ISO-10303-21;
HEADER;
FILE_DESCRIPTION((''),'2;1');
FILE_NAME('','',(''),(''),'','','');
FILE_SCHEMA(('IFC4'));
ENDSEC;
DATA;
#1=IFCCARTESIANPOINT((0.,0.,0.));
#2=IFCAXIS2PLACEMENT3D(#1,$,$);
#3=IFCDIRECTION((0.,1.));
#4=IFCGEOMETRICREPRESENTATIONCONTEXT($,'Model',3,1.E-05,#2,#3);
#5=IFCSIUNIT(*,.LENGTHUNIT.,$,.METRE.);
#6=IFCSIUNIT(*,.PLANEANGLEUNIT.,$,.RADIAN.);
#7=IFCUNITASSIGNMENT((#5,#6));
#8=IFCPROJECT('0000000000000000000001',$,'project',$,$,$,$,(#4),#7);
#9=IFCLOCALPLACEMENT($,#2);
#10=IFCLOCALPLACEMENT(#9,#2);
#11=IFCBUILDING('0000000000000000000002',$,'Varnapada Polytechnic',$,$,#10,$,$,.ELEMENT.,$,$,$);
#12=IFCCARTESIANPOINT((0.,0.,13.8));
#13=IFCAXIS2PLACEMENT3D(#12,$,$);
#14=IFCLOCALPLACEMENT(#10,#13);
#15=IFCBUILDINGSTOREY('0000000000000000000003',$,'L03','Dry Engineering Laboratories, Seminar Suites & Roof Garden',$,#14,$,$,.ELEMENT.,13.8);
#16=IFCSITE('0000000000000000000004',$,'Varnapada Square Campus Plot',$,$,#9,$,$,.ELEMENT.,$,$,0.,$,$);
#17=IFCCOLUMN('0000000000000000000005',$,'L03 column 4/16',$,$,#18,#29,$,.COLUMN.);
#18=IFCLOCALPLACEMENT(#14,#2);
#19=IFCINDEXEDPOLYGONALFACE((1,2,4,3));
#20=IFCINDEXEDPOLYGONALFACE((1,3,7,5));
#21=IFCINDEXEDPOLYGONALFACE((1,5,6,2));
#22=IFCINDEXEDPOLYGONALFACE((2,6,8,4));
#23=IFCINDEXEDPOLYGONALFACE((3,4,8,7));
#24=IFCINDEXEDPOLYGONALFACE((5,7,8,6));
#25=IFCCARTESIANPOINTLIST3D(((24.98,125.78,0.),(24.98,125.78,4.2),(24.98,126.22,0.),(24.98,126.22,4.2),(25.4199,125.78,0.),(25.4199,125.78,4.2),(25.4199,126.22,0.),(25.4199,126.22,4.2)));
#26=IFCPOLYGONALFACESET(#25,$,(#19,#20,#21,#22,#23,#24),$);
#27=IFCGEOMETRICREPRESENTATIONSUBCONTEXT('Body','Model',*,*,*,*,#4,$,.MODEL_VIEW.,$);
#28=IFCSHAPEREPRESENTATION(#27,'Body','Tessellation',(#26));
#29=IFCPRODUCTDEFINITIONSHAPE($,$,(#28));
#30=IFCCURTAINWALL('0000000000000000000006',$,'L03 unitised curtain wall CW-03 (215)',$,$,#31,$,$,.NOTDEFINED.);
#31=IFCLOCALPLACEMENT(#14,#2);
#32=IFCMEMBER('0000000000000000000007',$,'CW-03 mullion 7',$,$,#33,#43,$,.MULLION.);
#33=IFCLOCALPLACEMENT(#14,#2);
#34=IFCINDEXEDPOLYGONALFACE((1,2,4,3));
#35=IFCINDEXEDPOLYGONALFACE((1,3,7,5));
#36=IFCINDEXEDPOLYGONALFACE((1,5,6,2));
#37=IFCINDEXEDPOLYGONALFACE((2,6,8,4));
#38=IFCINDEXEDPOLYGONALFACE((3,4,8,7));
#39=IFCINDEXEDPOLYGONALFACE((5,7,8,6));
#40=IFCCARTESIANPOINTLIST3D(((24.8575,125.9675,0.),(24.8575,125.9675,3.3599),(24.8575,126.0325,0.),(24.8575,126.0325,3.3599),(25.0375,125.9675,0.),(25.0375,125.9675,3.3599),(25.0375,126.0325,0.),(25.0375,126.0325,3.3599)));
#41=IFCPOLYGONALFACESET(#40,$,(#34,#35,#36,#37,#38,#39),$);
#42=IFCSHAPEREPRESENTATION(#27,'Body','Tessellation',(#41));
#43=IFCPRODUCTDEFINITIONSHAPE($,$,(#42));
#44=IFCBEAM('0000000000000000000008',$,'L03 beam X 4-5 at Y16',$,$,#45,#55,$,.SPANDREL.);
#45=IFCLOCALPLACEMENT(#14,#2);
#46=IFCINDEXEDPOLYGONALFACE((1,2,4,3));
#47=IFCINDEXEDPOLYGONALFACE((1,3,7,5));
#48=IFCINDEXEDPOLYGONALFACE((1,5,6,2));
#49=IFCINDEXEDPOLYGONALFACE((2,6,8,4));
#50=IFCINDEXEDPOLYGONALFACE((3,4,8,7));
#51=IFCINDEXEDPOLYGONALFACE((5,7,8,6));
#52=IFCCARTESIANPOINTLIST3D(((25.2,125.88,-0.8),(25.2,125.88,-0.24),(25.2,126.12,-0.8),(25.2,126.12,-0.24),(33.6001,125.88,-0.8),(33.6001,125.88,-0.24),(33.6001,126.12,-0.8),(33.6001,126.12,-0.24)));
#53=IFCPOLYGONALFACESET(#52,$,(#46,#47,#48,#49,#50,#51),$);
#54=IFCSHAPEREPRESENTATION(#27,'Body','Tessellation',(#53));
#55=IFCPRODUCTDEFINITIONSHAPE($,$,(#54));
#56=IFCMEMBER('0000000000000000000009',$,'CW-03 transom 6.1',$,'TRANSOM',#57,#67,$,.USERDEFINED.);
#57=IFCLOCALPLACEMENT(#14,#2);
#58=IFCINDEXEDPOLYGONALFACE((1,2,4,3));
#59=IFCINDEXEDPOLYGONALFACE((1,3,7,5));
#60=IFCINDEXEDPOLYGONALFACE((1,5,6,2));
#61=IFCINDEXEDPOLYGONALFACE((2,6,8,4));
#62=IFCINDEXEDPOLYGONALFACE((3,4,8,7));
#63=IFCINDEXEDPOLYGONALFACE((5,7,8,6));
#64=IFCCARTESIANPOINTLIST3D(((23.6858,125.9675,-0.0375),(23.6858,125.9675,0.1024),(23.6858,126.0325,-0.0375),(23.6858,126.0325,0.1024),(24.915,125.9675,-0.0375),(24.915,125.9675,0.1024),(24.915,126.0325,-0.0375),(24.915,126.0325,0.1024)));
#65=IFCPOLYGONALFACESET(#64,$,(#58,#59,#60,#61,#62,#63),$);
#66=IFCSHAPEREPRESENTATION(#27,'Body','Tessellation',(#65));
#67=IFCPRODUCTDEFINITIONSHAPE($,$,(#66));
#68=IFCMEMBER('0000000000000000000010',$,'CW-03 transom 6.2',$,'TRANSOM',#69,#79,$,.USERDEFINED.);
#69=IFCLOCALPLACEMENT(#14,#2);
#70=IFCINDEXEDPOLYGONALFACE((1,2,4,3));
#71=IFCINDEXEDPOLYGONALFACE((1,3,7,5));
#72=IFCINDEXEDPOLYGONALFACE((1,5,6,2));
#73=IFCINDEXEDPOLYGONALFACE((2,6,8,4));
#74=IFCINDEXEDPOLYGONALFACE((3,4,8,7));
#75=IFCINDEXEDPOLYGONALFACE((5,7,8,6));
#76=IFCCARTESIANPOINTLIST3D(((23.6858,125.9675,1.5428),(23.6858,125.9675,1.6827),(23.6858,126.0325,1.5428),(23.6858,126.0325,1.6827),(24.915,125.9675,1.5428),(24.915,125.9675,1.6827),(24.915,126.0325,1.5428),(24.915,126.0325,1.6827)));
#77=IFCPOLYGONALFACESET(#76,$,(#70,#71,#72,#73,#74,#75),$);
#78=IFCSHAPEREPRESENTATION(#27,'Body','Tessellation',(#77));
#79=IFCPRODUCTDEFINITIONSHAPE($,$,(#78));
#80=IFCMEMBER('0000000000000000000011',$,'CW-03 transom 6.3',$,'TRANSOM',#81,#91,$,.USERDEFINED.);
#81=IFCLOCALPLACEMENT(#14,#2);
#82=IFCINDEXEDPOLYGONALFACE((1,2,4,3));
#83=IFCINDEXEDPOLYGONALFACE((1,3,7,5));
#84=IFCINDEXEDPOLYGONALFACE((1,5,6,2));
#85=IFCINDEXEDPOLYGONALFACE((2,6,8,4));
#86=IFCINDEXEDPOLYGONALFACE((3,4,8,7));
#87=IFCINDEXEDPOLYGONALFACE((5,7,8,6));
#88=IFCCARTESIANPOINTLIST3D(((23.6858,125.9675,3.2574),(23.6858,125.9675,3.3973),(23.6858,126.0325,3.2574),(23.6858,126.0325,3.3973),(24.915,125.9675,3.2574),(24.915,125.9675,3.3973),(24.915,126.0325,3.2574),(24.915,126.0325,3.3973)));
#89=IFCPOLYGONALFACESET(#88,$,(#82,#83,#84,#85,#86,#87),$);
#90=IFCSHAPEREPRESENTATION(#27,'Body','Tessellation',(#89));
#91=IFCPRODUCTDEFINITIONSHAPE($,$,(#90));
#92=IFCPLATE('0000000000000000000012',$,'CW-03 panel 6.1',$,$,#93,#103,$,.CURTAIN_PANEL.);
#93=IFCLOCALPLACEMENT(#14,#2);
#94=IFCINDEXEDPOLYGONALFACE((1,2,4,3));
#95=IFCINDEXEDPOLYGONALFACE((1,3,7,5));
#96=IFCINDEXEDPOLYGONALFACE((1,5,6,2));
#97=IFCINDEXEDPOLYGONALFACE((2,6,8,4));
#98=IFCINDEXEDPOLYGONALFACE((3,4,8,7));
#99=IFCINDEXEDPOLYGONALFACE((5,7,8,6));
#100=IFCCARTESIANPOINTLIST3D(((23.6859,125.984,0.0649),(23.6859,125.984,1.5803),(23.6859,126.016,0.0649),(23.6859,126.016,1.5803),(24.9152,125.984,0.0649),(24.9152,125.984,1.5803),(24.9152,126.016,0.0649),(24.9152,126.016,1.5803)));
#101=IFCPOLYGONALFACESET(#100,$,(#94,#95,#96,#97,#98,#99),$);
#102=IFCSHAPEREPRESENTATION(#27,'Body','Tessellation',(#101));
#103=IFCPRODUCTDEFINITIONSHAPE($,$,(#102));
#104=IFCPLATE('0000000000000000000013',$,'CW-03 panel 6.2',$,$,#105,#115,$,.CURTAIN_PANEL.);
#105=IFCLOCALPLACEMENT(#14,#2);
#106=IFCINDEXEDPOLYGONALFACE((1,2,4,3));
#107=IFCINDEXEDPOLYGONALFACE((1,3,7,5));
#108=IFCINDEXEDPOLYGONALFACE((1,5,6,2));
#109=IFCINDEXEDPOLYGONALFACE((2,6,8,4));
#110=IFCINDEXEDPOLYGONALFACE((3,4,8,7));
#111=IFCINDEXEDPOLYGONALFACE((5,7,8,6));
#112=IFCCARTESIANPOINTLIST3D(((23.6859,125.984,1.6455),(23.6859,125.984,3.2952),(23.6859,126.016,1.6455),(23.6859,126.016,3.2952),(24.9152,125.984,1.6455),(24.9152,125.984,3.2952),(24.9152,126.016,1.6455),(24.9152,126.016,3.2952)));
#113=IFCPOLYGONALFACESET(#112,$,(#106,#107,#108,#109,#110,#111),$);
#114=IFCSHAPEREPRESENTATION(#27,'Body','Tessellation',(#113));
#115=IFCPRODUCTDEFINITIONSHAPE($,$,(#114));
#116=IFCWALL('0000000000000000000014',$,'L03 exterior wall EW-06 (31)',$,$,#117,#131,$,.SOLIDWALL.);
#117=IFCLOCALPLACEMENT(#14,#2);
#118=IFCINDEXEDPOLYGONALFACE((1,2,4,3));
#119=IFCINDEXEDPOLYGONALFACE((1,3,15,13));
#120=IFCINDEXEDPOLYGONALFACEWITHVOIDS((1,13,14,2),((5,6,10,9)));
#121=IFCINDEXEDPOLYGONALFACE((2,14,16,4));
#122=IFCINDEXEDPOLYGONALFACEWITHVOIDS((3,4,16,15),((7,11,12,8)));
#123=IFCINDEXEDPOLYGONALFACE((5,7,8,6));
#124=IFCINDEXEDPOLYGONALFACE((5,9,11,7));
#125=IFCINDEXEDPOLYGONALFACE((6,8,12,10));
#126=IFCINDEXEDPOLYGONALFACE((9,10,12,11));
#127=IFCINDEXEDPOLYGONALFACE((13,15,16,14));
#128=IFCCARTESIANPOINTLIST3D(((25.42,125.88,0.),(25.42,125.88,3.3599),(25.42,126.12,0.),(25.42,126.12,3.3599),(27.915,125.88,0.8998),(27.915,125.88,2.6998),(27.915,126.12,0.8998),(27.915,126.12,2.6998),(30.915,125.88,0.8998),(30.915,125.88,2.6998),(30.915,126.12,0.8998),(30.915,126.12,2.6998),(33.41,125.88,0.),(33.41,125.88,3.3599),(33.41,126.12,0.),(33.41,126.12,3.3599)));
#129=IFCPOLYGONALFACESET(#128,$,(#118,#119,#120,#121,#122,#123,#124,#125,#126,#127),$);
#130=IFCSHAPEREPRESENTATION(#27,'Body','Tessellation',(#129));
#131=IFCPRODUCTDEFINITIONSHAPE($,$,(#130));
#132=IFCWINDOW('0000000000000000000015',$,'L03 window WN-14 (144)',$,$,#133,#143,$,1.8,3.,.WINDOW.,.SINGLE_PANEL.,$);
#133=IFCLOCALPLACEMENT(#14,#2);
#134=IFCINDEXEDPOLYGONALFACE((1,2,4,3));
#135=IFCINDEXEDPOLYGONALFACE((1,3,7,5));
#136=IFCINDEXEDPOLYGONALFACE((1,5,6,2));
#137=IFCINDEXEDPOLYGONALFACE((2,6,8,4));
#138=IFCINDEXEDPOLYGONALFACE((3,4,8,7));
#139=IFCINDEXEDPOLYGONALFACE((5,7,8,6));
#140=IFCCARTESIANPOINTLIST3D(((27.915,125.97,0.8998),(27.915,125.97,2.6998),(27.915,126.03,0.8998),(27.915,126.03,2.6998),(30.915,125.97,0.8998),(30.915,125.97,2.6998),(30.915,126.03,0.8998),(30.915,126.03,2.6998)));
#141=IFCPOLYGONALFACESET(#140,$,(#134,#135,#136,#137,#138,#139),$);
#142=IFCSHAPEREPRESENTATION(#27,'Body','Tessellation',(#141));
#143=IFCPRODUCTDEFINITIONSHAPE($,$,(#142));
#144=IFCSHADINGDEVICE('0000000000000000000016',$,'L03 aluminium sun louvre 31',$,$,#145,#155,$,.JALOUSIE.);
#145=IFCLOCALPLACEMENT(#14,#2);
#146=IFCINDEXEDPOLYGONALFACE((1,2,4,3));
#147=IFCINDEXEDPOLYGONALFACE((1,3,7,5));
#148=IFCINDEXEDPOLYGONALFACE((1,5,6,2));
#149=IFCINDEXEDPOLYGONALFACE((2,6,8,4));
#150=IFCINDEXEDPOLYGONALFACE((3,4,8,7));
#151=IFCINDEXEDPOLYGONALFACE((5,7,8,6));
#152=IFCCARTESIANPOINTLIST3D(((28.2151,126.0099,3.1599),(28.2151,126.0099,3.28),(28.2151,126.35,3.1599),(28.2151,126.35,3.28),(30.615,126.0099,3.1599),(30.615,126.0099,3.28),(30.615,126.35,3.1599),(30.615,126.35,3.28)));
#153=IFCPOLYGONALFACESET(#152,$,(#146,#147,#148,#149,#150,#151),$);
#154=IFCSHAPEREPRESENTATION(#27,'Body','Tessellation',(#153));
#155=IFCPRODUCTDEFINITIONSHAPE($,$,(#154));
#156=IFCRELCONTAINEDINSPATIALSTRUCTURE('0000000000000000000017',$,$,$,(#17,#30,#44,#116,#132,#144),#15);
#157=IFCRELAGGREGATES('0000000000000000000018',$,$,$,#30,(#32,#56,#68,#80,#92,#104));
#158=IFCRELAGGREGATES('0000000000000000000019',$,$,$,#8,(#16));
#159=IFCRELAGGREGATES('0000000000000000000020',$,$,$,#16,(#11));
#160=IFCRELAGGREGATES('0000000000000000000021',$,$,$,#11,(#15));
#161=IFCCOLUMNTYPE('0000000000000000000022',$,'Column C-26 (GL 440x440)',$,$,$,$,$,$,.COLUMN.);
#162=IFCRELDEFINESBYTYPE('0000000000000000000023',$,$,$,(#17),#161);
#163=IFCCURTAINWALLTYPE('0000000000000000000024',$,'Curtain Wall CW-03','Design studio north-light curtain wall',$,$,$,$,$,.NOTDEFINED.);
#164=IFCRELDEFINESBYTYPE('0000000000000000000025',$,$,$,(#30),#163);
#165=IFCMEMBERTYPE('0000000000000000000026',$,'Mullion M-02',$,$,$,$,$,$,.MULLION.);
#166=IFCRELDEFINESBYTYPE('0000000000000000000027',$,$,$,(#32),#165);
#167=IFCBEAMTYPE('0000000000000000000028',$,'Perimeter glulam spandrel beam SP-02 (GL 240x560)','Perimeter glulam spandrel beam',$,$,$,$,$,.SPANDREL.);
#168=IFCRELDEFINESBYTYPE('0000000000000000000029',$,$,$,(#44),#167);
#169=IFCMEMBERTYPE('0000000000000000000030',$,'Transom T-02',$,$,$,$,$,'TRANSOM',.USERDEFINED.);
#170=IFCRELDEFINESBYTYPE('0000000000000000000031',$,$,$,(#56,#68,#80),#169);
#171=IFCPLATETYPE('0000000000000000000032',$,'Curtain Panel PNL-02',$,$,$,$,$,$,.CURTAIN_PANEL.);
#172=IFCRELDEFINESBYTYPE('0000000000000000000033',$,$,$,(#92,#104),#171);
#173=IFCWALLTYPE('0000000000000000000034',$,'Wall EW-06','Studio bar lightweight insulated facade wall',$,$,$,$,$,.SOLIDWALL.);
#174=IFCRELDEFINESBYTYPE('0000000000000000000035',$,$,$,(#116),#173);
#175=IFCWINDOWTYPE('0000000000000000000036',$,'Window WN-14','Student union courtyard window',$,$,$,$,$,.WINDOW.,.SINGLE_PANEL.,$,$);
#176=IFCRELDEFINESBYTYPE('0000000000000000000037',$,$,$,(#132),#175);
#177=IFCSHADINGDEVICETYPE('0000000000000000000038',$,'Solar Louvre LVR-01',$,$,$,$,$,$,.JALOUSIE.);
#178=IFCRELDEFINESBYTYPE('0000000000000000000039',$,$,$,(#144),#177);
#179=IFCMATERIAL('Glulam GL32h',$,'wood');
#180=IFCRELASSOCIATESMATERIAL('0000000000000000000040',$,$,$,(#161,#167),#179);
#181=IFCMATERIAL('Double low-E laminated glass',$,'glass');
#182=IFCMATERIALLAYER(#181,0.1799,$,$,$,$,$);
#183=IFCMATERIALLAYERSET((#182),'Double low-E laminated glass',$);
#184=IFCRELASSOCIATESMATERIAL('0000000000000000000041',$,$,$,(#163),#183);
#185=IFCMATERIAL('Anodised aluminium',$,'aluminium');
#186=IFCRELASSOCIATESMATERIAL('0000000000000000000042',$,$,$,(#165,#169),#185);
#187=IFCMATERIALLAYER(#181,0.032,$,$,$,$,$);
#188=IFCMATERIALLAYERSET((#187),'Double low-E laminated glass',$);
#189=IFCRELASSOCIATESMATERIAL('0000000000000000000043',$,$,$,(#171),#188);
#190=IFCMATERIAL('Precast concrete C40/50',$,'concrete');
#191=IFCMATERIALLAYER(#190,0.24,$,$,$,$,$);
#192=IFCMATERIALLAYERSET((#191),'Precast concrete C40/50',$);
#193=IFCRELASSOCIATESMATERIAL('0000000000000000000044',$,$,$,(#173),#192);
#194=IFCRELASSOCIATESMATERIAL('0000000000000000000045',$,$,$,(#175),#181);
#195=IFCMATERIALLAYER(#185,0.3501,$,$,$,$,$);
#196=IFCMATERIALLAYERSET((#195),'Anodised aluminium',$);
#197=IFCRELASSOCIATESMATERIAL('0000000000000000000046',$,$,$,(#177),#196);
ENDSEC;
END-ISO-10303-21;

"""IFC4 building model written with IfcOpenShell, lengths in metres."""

from ifc_helpers import new_model, si_unit, direction, frame, frame_2d, origin, origin_2d, place, context, subcontext, project, spatial, rectangle, extrude, material, layer, layer_set, material_profile, profile_set, type_object, element, fill, aggregate, save


model = new_model("IFC4")

# Units and contexts
model_context = context("Model", 3, precision=1e-05, world=origin(), true_north=direction((0.0, 1.0)))
body_context = subcontext(model_context, "Body", "Model", "MODEL_VIEW")
ifc_project = project(units=[si_unit("LENGTHUNIT", "METRE"), si_unit("PLANEANGLEUNIT", "RADIAN")], contexts=[model_context])

# Site, building, storey
site_placement = place(None, origin())
site = spatial("IfcSite", under=ifc_project, at=site_placement, Name="Varnapada Square Campus Plot", CompositionType="ELEMENT", RefElevation=0.0)
building_placement = place(site_placement, origin())
building = spatial("IfcBuilding", under=site, at=building_placement, Name="Varnapada Polytechnic", CompositionType="ELEMENT")
storey_placement = place(building_placement, frame((0.0, 0.0, 13.8)))
storey = spatial("IfcBuildingStorey", under=building, at=storey_placement, Name="L03", Description="Dry Engineering Laboratories, Seminar Suites & Roof Garden", CompositionType="ELEMENT", Elevation=13.8)

# Column
ifc_material_1 = material(Name="Glulam GL32h", Category="wood")
ifc_material_profile_1 = material_profile(ifc_material_1, rectangle(XDim=0.4399, YDim=0.4399, at=origin_2d()), Name="GL 440x440")
ifc_profile_set_1 = profile_set([ifc_material_profile_1], Name="Glulam GL32h")
column_type = type_object("IfcColumnType", Name="Column C-26 (GL 440x440)", PredefinedType="COLUMN", material=ifc_profile_set_1)
column_placement = place(storey_placement, frame((25.2, 126.0, 0.0), z_axis=(0.0, 0.0, 1.0), x_axis=(1.0, 0.0, 0.0)))
element("IfcColumn", 1, at=column_placement, inside=storey, type_object=column_type, Name="L03 column 4/16", PredefinedType="COLUMN", context=body_context, shape_type="SweptSolid", body=[
    extrude(rectangle(XDim=0.4399, YDim=0.4399, at=origin_2d()), origin(), (0.0, 0.0, 1.0), 4.2),
])

# Curtain wall, member
ifc_material_2 = material(Name="Double low-E laminated glass", Category="glass")
ifc_layer_1 = layer(ifc_material_2, 0.1799)
ifc_layer_set_1 = layer_set([ifc_layer_1], Name="Double low-E laminated glass")
curtain_wall_type = type_object("IfcCurtainWallType", Name="Curtain Wall CW-03", Description="Design studio north-light curtain wall", PredefinedType="NOTDEFINED", material=ifc_layer_set_1)
curtain_wall_placement = place(storey_placement, origin())
curtain_wall = element("IfcCurtainWall", 2, at=curtain_wall_placement, inside=storey, type_object=curtain_wall_type, Name="L03 unitised curtain wall CW-03 (215)", PredefinedType="NOTDEFINED")
ifc_material_3 = material(Name="Anodised aluminium", Category="aluminium")
ifc_material_profile_2 = material_profile(ifc_material_3, rectangle(XDim=0.0649, YDim=0.1799, at=origin_2d()), Name="ALU M65x180")
ifc_profile_set_2 = profile_set([ifc_material_profile_2], Name="Anodised aluminium")
member_type_1 = type_object("IfcMemberType", Name="Mullion M-02", PredefinedType="MULLION", material=ifc_profile_set_2)
member_1_placement = place(storey_placement, frame((24.9475, 126.0, 0.0), z_axis=(0.0, 0.0, 1.0), x_axis=(0.0, 1.0, 0.0)))
member_1 = element("IfcMember", 3, at=member_1_placement, type_object=member_type_1, Name="CW-03 mullion 7", PredefinedType="MULLION", context=body_context, shape_type="SweptSolid", body=[
    extrude(rectangle(XDim=0.0649, YDim=0.1799, at=origin_2d()), origin(), (0.0, 0.0, 1.0), 3.3599),
])

# Beam
ifc_material_profile_3 = material_profile(ifc_material_1, rectangle(XDim=0.24, YDim=0.5601, at=origin_2d()), Name="GL 240x560")
ifc_profile_set_3 = profile_set([ifc_material_profile_3], Name="Glulam GL32h")
beam_type = type_object("IfcBeamType", Name="Perimeter glulam spandrel beam SP-02 (GL 240x560)", Description="Perimeter glulam spandrel beam", PredefinedType="SPANDREL", material=ifc_profile_set_3)
beam_placement = place(storey_placement, frame((25.2, 126.0, -0.52), z_axis=(1.0, 0.0, 0.0), x_axis=(0.0, 1.0, 0.0)))
element("IfcBeam", 4, at=beam_placement, inside=storey, type_object=beam_type, Name="L03 beam X 4-5 at Y16", PredefinedType="SPANDREL", context=body_context, shape_type="SweptSolid", body=[
    extrude(rectangle(XDim=0.24, YDim=0.5601, at=origin_2d()), origin(), (0.0, 0.0, 1.0), 8.4001),
])

# Members
ifc_material_profile_4 = material_profile(ifc_material_3, rectangle(XDim=0.0649, YDim=0.1399, at=origin_2d()), Name="ALU T65x140")
ifc_profile_set_4 = profile_set([ifc_material_profile_4], Name="Anodised aluminium")
member_type_2 = type_object("IfcMemberType", Name="Transom T-02", ElementType="TRANSOM", PredefinedType="USERDEFINED", material=ifc_profile_set_4)
member_2_placement = place(storey_placement, frame((23.6858, 126.0, 0.0325), z_axis=(1.0, 0.0, 0.0), x_axis=(0.0, 1.0, 0.0)))
member_2 = element("IfcMember", 5, at=member_2_placement, type_object=member_type_2, Name="CW-03 transom 6.1", ObjectType="TRANSOM", PredefinedType="USERDEFINED", context=body_context, shape_type="SweptSolid", body=[
    extrude(rectangle(XDim=0.0649, YDim=0.1399, at=origin_2d()), origin(), (0.0, 0.0, 1.0), 1.2292),
])
member_3_placement = place(storey_placement, frame((23.6858, 126.0, 1.6128), z_axis=(1.0, 0.0, 0.0), x_axis=(0.0, 1.0, 0.0)))
member_3 = element("IfcMember", 6, at=member_3_placement, type_object=member_type_2, Name="CW-03 transom 6.2", ObjectType="TRANSOM", PredefinedType="USERDEFINED", context=body_context, shape_type="SweptSolid", body=[
    extrude(rectangle(XDim=0.0649, YDim=0.1399, at=origin_2d()), origin(), (0.0, 0.0, 1.0), 1.2292),
])
member_4_placement = place(storey_placement, frame((23.6858, 126.0, 3.3274), z_axis=(1.0, 0.0, 0.0), x_axis=(0.0, 1.0, 0.0)))
member_4 = element("IfcMember", 7, at=member_4_placement, type_object=member_type_2, Name="CW-03 transom 6.3", ObjectType="TRANSOM", PredefinedType="USERDEFINED", context=body_context, shape_type="SweptSolid", body=[
    extrude(rectangle(XDim=0.0649, YDim=0.1399, at=origin_2d()), origin(), (0.0, 0.0, 1.0), 1.2292),
])

# Plates
ifc_layer_2 = layer(ifc_material_2, 0.032)
ifc_layer_set_2 = layer_set([ifc_layer_2], Name="Double low-E laminated glass")
plate_type = type_object("IfcPlateType", Name="Curtain Panel PNL-02", PredefinedType="CURTAIN_PANEL", material=ifc_layer_set_2)
plate_1_placement = place(storey_placement, frame((24.3005, 126.0, 0.0649), z_axis=(0.0, 0.0, 1.0), x_axis=(1.0, 0.0, 0.0)))
plate_1 = element("IfcPlate", 8, at=plate_1_placement, type_object=plate_type, Name="CW-03 panel 6.1", PredefinedType="CURTAIN_PANEL", context=body_context, shape_type="SweptSolid", body=[
    extrude(rectangle(XDim=1.2292, YDim=0.032, at=origin_2d()), origin(), (0.0, 0.0, 1.0), 1.5154),
])
plate_2_placement = place(storey_placement, frame((24.3005, 126.0, 1.6455), z_axis=(0.0, 0.0, 1.0), x_axis=(1.0, 0.0, 0.0)))
plate_2 = element("IfcPlate", 9, at=plate_2_placement, type_object=plate_type, Name="CW-03 panel 6.2", PredefinedType="CURTAIN_PANEL", context=body_context, shape_type="SweptSolid", body=[
    extrude(rectangle(XDim=1.2292, YDim=0.032, at=origin_2d()), origin(), (0.0, 0.0, 1.0), 1.6497),
])
aggregate(curtain_wall, [member_1, member_2, member_3, member_4, plate_1, plate_2])

# Wall, opening, window
ifc_material_4 = material(Name="Precast concrete C40/50", Category="concrete")
ifc_layer_3 = layer(ifc_material_4, 0.24)
ifc_layer_set_3 = layer_set([ifc_layer_3], Name="Precast concrete C40/50")
wall_type = type_object("IfcWallType", Name="Wall EW-06", Description="Studio bar lightweight insulated facade wall", PredefinedType="SOLIDWALL", material=ifc_layer_set_3)
wall_placement = place(storey_placement, frame((25.4199, 126.0, 0.0), z_axis=(0.0, 0.0, 1.0), x_axis=(1.0, 0.0, 0.0)))
wall = element("IfcWall", 10, at=wall_placement, inside=storey, type_object=wall_type, Name="L03 exterior wall EW-06 (31)", PredefinedType="SOLIDWALL", context=body_context, shape_type="SweptSolid", body=[
    extrude(rectangle(XDim=7.99, YDim=0.24, at=frame_2d((3.9951, 0.0))), origin(), (0.0, 0.0, 1.0), 3.3599),
])
opening_1_placement = place(wall_placement, frame((2.4951, 0.0, 0.8999)))
opening_1 = element("IfcOpeningElement", 11, at=opening_1_placement, cuts=wall, PredefinedType="OPENING", context=body_context, shape_type="SweptSolid", body=[
    extrude(rectangle(XDim=3.0, YDim=1.8, at=frame_2d((1.5, 0.8999))), frame((0.0, 0.1299, 0.0), z_axis=(0.0, -1.0, 0.0), x_axis=(1.0, 0.0, 0.0)), (0.0, 0.0, 1.0), 0.26),
])
window_type = type_object("IfcWindowType", Name="Window WN-14", Description="Student union courtyard window", PartitioningType="SINGLE_PANEL", PredefinedType="WINDOW", material=ifc_material_2)
window_placement = place(opening_1_placement, origin())
window = element("IfcWindow", 12, at=window_placement, inside=storey, type_object=window_type, Name="L03 window WN-14 (144)", OverallHeight=1.8, OverallWidth=3.0, PartitioningType="SINGLE_PANEL", PredefinedType="WINDOW", context=body_context, shape_type="SweptSolid", body=[
    extrude(rectangle(XDim=3.0, YDim=1.8, at=frame_2d((1.5, 0.8999))), frame((0.0, 0.03, 0.0), z_axis=(0.0, -1.0, 0.0), x_axis=(1.0, 0.0, 0.0)), (0.0, 0.0, 1.0), 0.0601),
])
fill(opening_1, window)

# Shading device
ifc_layer_4 = layer(ifc_material_3, 0.3501)
ifc_layer_set_4 = layer_set([ifc_layer_4], Name="Anodised aluminium")
shading_device_type_1 = type_object("IfcShadingDeviceType", Name="Solar Louvre LVR-01", PredefinedType="JALOUSIE", material=ifc_layer_set_4)
shading_device_1_placement = place(storey_placement, frame((29.415, 126.1799, 3.1599), z_axis=(0.0, 0.0, 1.0), x_axis=(1.0, 0.0, 0.0)))
element("IfcShadingDevice", 13, at=shading_device_1_placement, inside=storey, type_object=shading_device_type_1, Name="L03 aluminium sun louvre 31", PredefinedType="JALOUSIE", context=body_context, shape_type="SweptSolid", body=[
    extrude(rectangle(XDim=2.3999, YDim=0.3401, at=origin_2d()), origin(), (0.0, 0.0, 1.0), 0.1201),
])

save(model, "model.ifc")
